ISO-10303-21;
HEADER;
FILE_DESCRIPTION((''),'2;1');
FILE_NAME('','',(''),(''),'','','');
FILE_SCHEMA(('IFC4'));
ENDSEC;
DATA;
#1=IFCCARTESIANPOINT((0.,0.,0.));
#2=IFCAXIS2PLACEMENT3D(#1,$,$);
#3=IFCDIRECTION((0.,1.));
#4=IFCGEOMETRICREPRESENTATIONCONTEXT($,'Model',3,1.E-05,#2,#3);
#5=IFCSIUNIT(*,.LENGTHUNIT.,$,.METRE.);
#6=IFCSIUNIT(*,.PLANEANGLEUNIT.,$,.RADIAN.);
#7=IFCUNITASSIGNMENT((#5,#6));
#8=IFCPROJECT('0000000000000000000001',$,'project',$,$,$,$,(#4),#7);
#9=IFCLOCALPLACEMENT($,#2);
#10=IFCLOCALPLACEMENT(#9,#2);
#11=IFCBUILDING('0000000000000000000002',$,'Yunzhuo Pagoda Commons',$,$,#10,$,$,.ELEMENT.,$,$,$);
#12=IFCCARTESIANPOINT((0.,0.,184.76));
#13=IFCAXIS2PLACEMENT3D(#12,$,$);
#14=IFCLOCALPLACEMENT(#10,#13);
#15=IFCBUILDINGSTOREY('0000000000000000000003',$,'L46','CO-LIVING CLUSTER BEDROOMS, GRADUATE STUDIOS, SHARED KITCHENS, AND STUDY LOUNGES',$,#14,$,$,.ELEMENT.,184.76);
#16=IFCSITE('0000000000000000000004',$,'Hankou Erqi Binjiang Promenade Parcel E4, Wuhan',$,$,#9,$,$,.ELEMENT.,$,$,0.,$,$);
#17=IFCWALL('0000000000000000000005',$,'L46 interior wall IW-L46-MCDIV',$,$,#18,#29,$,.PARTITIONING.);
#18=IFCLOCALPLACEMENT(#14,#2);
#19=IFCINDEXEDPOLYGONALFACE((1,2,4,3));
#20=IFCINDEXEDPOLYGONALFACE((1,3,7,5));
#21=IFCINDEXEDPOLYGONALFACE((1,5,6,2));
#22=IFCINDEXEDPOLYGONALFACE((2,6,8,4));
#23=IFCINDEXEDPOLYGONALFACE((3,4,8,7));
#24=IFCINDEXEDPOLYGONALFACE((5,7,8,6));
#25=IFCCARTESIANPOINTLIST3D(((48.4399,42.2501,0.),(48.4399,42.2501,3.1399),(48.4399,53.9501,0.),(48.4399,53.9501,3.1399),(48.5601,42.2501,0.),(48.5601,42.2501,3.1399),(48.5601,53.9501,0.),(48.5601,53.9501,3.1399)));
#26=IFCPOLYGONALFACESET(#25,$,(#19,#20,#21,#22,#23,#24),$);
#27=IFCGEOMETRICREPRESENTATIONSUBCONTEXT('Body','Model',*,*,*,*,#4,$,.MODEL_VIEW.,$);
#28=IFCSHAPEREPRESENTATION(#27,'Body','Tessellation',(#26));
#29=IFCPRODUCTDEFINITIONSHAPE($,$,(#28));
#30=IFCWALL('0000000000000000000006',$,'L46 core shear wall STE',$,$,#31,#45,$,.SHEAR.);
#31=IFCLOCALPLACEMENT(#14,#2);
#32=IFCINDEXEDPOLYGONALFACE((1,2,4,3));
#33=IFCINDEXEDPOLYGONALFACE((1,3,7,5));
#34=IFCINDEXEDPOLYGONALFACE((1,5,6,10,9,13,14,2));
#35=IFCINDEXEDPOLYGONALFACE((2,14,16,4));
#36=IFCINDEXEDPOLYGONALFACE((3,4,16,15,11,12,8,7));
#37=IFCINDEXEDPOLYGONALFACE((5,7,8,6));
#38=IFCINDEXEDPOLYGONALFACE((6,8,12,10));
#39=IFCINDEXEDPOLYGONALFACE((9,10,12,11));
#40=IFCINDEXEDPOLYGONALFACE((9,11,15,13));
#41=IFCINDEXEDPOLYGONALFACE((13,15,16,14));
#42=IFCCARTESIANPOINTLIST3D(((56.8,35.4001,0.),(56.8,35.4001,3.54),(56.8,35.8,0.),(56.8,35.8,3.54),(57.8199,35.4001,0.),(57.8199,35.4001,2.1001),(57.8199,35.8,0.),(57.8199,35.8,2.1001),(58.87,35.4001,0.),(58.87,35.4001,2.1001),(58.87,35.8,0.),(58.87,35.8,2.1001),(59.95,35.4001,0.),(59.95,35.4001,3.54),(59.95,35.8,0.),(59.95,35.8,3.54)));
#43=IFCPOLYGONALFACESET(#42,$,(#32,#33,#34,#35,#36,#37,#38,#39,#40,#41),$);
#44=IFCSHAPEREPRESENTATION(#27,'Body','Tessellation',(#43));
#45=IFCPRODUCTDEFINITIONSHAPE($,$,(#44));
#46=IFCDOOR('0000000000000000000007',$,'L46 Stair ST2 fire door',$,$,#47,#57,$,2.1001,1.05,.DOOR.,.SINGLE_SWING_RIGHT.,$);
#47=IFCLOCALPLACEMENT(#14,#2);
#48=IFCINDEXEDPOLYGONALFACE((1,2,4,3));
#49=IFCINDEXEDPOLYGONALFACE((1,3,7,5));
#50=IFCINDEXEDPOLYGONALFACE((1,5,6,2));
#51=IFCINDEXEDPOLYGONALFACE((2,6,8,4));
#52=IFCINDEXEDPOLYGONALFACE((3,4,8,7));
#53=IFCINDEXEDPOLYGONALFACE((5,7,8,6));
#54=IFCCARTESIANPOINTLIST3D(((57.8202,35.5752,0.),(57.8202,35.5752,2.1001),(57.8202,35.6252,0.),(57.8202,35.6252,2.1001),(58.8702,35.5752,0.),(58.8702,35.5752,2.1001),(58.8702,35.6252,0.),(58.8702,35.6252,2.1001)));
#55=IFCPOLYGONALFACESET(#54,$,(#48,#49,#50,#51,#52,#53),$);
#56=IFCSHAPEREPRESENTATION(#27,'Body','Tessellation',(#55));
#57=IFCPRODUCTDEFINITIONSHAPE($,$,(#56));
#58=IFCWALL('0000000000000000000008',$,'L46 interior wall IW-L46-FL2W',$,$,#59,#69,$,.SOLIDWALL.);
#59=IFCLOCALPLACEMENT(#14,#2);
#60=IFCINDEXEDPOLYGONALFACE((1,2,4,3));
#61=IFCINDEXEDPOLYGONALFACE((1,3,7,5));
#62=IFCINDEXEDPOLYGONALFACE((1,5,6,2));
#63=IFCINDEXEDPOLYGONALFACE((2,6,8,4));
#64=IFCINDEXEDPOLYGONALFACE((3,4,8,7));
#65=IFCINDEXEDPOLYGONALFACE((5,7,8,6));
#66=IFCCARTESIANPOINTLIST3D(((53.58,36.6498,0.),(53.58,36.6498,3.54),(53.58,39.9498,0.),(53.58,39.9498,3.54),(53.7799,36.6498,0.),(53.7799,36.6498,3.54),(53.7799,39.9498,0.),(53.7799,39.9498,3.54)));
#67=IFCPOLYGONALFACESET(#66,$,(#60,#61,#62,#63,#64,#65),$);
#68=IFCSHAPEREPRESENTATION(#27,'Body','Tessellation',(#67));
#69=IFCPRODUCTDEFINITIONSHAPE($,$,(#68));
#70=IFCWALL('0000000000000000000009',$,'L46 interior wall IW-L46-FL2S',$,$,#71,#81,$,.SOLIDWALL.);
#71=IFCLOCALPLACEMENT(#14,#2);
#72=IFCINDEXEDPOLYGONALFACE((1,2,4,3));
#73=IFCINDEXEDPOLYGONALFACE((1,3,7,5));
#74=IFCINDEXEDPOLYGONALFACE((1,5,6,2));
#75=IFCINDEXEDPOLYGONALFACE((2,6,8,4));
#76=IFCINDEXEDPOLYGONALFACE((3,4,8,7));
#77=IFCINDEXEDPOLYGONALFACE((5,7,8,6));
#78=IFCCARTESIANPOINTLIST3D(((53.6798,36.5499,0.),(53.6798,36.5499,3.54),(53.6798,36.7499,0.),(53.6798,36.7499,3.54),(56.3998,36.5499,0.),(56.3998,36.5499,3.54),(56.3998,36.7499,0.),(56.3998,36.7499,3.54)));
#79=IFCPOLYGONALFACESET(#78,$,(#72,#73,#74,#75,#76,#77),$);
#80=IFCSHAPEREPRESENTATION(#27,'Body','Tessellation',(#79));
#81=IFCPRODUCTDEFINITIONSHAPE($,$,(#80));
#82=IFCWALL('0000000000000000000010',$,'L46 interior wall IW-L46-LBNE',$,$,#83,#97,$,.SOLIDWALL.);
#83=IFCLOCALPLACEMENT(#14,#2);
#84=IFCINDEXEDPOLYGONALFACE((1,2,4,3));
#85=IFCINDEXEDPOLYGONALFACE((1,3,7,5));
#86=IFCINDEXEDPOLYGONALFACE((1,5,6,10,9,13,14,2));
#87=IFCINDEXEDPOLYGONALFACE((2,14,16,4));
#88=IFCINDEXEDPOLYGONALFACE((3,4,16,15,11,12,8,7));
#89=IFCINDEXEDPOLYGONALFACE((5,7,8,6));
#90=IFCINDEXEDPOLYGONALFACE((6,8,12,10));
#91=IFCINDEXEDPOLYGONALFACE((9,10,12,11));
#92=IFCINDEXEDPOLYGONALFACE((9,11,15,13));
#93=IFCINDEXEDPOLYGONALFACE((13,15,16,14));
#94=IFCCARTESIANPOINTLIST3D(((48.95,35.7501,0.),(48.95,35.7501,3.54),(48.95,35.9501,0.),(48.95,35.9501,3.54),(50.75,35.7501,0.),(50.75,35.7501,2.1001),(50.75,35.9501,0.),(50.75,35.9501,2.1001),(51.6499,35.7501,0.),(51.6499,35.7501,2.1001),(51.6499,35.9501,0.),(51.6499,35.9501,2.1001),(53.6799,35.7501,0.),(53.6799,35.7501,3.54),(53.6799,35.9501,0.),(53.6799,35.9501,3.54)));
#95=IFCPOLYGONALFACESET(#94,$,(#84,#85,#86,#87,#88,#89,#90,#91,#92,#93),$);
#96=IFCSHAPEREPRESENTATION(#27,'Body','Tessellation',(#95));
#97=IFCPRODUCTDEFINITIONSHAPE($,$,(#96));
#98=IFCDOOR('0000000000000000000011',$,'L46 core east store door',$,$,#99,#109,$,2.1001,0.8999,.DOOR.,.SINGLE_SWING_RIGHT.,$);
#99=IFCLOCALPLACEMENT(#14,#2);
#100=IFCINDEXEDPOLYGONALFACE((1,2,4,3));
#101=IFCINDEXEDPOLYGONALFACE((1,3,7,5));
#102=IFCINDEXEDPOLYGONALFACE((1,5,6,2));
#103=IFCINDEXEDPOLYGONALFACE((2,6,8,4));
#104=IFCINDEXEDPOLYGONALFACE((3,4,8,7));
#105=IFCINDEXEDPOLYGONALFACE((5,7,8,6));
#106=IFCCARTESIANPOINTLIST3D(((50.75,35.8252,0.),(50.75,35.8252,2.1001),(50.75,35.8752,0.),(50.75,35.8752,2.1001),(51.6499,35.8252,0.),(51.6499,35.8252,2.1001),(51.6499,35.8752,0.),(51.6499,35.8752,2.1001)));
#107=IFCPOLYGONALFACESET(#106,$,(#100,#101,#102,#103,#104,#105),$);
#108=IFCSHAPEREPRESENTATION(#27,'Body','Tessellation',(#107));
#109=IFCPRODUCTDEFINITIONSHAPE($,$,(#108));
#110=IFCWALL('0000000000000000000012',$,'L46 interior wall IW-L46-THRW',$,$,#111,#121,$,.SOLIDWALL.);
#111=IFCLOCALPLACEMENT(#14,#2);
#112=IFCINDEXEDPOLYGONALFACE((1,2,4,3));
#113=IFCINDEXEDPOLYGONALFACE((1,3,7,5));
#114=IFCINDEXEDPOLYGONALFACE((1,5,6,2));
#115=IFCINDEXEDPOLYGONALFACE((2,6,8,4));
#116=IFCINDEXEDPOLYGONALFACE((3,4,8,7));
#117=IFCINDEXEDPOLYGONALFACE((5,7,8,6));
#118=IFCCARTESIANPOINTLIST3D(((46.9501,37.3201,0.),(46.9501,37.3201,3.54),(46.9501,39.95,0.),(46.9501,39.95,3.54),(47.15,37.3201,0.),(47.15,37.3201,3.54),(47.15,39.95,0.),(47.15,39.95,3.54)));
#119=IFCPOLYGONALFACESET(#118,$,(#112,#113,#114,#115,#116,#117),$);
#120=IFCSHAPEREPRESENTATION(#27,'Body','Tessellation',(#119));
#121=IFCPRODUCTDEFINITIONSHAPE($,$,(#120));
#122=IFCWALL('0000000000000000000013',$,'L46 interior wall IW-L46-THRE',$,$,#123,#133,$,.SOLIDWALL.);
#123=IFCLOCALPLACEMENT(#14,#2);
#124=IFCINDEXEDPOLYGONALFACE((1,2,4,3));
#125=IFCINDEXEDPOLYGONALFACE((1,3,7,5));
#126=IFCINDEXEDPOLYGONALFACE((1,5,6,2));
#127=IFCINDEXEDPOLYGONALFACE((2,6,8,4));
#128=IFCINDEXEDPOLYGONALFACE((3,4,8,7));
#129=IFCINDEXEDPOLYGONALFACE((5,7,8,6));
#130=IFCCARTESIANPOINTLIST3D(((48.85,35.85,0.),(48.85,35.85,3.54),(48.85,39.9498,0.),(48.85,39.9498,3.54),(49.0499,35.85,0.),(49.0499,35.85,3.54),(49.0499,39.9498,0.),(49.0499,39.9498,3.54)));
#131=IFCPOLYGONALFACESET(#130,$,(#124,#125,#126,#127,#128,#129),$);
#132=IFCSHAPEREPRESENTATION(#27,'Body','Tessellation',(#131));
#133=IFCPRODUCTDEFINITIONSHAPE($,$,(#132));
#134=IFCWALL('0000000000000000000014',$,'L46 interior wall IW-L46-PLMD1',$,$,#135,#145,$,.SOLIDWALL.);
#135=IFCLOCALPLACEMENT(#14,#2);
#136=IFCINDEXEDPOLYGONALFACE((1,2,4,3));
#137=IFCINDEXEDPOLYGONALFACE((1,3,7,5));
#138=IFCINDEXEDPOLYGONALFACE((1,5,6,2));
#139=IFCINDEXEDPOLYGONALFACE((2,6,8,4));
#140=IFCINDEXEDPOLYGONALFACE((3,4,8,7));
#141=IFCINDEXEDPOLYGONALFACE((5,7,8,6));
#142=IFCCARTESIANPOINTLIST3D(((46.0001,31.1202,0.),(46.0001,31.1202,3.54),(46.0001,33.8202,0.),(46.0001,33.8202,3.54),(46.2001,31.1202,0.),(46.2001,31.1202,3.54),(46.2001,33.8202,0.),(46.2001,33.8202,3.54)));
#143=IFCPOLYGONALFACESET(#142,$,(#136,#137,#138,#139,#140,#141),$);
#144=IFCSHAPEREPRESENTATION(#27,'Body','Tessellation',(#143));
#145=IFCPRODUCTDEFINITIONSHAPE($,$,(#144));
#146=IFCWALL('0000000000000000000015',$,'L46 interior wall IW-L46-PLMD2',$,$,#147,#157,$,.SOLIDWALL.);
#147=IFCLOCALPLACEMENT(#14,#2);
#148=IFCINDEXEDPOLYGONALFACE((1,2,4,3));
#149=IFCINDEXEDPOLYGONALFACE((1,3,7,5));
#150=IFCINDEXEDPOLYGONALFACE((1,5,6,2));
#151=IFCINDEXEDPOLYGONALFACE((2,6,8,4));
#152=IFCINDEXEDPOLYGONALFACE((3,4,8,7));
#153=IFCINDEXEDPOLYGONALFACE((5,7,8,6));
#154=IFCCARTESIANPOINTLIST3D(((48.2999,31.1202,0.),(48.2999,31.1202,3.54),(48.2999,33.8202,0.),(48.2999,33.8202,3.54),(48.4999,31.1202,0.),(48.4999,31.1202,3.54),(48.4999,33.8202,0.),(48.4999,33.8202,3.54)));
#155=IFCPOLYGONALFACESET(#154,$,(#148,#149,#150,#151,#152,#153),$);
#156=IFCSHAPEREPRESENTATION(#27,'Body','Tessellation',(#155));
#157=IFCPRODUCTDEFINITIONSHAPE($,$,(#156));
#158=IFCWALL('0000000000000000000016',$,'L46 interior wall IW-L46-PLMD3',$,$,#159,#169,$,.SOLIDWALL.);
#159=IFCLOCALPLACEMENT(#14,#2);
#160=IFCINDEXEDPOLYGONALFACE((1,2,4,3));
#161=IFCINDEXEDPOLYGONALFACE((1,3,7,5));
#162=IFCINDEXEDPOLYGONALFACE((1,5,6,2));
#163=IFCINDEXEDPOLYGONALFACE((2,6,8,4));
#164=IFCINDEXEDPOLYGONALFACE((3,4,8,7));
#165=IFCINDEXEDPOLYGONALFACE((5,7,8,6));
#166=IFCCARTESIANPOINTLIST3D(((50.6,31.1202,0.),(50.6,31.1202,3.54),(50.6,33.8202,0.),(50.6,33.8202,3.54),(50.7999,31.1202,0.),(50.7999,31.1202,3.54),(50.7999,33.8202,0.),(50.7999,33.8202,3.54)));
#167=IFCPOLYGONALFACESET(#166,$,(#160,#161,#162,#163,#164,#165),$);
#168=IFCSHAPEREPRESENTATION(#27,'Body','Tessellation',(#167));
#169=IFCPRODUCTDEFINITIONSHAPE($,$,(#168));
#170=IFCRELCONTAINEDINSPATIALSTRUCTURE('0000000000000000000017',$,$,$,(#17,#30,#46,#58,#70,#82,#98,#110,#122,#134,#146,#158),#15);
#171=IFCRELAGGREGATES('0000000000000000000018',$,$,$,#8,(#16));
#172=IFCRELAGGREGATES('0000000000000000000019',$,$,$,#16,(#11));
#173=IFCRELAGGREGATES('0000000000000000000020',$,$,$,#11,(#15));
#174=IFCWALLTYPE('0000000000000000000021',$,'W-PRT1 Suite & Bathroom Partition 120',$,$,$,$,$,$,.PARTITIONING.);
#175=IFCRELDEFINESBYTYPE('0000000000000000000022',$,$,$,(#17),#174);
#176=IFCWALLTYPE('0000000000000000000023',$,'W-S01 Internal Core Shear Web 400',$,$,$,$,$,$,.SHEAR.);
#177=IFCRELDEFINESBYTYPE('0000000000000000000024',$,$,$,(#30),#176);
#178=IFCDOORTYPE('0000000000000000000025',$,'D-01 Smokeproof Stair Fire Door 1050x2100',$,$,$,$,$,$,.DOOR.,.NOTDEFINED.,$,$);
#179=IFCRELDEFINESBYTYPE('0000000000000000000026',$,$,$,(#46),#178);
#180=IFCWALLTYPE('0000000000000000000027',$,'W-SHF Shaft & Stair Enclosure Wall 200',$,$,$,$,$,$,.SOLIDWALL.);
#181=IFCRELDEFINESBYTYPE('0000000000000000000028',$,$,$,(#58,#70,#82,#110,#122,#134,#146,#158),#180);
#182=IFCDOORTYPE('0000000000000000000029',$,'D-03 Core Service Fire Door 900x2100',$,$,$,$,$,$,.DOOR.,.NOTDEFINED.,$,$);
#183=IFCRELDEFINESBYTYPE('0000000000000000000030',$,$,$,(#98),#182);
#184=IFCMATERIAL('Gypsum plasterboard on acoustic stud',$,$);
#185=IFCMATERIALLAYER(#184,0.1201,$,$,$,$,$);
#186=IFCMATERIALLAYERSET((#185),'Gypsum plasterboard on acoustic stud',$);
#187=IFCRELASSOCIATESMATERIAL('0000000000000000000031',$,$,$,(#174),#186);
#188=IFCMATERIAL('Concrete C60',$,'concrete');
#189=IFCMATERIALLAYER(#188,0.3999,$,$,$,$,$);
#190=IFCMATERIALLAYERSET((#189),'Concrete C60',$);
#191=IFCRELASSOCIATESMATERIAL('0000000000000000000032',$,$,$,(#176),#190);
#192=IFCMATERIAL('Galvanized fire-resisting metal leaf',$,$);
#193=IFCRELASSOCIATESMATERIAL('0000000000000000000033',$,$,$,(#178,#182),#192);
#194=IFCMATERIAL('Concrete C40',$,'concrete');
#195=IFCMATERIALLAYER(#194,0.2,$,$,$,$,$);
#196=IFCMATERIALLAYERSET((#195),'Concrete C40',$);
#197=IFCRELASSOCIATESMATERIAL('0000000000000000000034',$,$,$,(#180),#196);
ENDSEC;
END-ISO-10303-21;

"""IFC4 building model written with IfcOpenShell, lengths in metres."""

from ifc_helpers import new_model, si_unit, direction, frame, frame_2d, origin, place, context, subcontext, project, spatial, rectangle, extrude, source, transform, mapped, material, layer, layer_set, type_object, element, fill, save


model = new_model("IFC4")

# Units and contexts
model_context = context("Model", 3, precision=1e-05, world=origin(), true_north=direction((0.0, 1.0)))
body_context = subcontext(model_context, "Body", "Model", "MODEL_VIEW")
ifc_project = project(units=[si_unit("LENGTHUNIT", "METRE"), si_unit("PLANEANGLEUNIT", "RADIAN")], contexts=[model_context])

# Site, building, storey
site_placement = place(None, origin())
site = spatial("IfcSite", under=ifc_project, at=site_placement, Name="Hankou Erqi Binjiang Promenade Parcel E4, Wuhan", CompositionType="ELEMENT", RefElevation=0.0)
building_placement = place(site_placement, origin())
building = spatial("IfcBuilding", under=site, at=building_placement, Name="Yunzhuo Pagoda Commons", CompositionType="ELEMENT")
storey_placement = place(building_placement, frame((0.0, 0.0, 184.76)))
storey = spatial("IfcBuildingStorey", under=building, at=storey_placement, Name="L46", Description="CO-LIVING CLUSTER BEDROOMS, GRADUATE STUDIOS, SHARED KITCHENS, AND STUDY LOUNGES", CompositionType="ELEMENT", Elevation=184.76)

# Shared definitions
ifc_material_1 = material(Name="Galvanized fire-resisting metal leaf")
shared_shape_1 = source(origin(), body_context, "Body", "SweptSolid", [
    extrude(rectangle(XDim=1.05, YDim=2.1001, at=frame_2d((0.5249, 1.05))), frame((0.0, 0.0249, 0.0), z_axis=(0.0, -1.0, 0.0), x_axis=(1.0, 0.0, 0.0)), (0.0, 0.0, 1.0), 0.05),
])

# Wall
ifc_material_2 = material(Name="Gypsum plasterboard on acoustic stud")
ifc_layer_1 = layer(ifc_material_2, 0.1201)
ifc_layer_set_1 = layer_set([ifc_layer_1], Name="Gypsum plasterboard on acoustic stud")
wall_type_1 = type_object("IfcWallType", Name="W-PRT1 Suite & Bathroom Partition 120", PredefinedType="PARTITIONING", material=ifc_layer_set_1)
wall_1_placement = place(storey_placement, frame((48.5, 42.25, 0.0), z_axis=(0.0, 0.0, 1.0), x_axis=(0.0, 1.0, 0.0)))
element("IfcWall", 1, at=wall_1_placement, inside=storey, type_object=wall_type_1, Name="L46 interior wall IW-L46-MCDIV", PredefinedType="PARTITIONING", context=body_context, shape_type="SweptSolid", body=[
    extrude(rectangle(XDim=11.7, YDim=0.1201, at=frame_2d((5.8501, 0.0))), origin(), (0.0, 0.0, 1.0), 3.1399),
])

# Wall, opening, door
ifc_material_3 = material(Name="Concrete C60", Category="concrete")
ifc_layer_2 = layer(ifc_material_3, 0.3999)
ifc_layer_set_2 = layer_set([ifc_layer_2], Name="Concrete C60")
wall_type_2 = type_object("IfcWallType", Name="W-S01 Internal Core Shear Web 400", PredefinedType="SHEAR", material=ifc_layer_set_2)
wall_2_placement = place(storey_placement, frame((56.8, 35.6001, 0.0), z_axis=(0.0, 0.0, 1.0), x_axis=(1.0, 0.0, 0.0)))
wall_2 = element("IfcWall", 2, at=wall_2_placement, inside=storey, type_object=wall_type_2, Name="L46 core shear wall STE", PredefinedType="SHEAR", context=body_context, shape_type="SweptSolid", body=[
    extrude(rectangle(XDim=3.1499, YDim=0.3999, at=frame_2d((1.575, 0.0))), origin(), (0.0, 0.0, 1.0), 3.54),
])
opening_1_placement = place(wall_2_placement, frame((1.02, 0.0, 0.0)))
opening_1 = element("IfcOpeningElement", 3, at=opening_1_placement, cuts=wall_2, PredefinedType="OPENING", context=body_context, shape_type="SweptSolid", body=[
    extrude(rectangle(XDim=1.05, YDim=2.1001, at=frame_2d((0.5249, 1.05))), frame((0.0, 0.21, 0.0), z_axis=(0.0, -1.0, 0.0), x_axis=(1.0, 0.0, 0.0)), (0.0, 0.0, 1.0), 0.4199),
])
door_type_1 = type_object("IfcDoorType", Name="D-01 Smokeproof Stair Fire Door 1050x2100", OperationType="NOTDEFINED", PredefinedType="DOOR", material=ifc_material_1)
door_1_placement = place(opening_1_placement, frame((1.05, 0.0, 0.0), z_axis=(0.0, 0.0, 1.0), x_axis=(-1.0, 0.0, 0.0)))
door_1 = element("IfcDoor", 4, at=door_1_placement, inside=storey, type_object=door_type_1, Name="L46 Stair ST2 fire door", OperationType="SINGLE_SWING_RIGHT", OverallHeight=2.1001, OverallWidth=1.05, PredefinedType="DOOR", context=body_context, shape_type="MappedRepresentation", body=[
    mapped(shared_shape_1, transform((0.0, 0.0, 0.0), scale=1.0)),
])
fill(opening_1, door_1)

# Walls
ifc_material_4 = material(Name="Concrete C40", Category="concrete")
ifc_layer_3 = layer(ifc_material_4, 0.2)
ifc_layer_set_3 = layer_set([ifc_layer_3], Name="Concrete C40")
wall_type_3 = type_object("IfcWallType", Name="W-SHF Shaft & Stair Enclosure Wall 200", PredefinedType="SOLIDWALL", material=ifc_layer_set_3)
wall_3_placement = place(storey_placement, frame((53.6799, 36.6499, 0.0), z_axis=(0.0, 0.0, 1.0), x_axis=(0.0, 1.0, 0.0)))
element("IfcWall", 5, at=wall_3_placement, inside=storey, type_object=wall_type_3, Name="L46 interior wall IW-L46-FL2W", PredefinedType="SOLIDWALL", context=body_context, shape_type="SweptSolid", body=[
    extrude(rectangle(XDim=3.3, YDim=0.2, at=frame_2d((1.6499, 0.0))), origin(), (0.0, 0.0, 1.0), 3.54),
])
wall_4_placement = place(storey_placement, frame((53.6799, 36.6499, 0.0), z_axis=(0.0, 0.0, 1.0), x_axis=(1.0, 0.0, 0.0)))
element("IfcWall", 6, at=wall_4_placement, inside=storey, type_object=wall_type_3, Name="L46 interior wall IW-L46-FL2S", PredefinedType="SOLIDWALL", context=body_context, shape_type="SweptSolid", body=[
    extrude(rectangle(XDim=2.72, YDim=0.2, at=frame_2d((1.3599, 0.0))), origin(), (0.0, 0.0, 1.0), 3.54),
])

# Wall, opening, door
wall_5_placement = place(storey_placement, frame((48.95, 35.8501, 0.0), z_axis=(0.0, 0.0, 1.0), x_axis=(1.0, 0.0, 0.0)))
wall_5 = element("IfcWall", 7, at=wall_5_placement, inside=storey, type_object=wall_type_3, Name="L46 interior wall IW-L46-LBNE", PredefinedType="SOLIDWALL", context=body_context, shape_type="SweptSolid", body=[
    extrude(rectangle(XDim=4.73, YDim=0.2, at=frame_2d((2.365, 0.0))), origin(), (0.0, 0.0, 1.0), 3.54),
])
opening_2_placement = place(wall_5_placement, frame((1.8, 0.0, 0.0)))
opening_2 = element("IfcOpeningElement", 8, at=opening_2_placement, cuts=wall_5, PredefinedType="OPENING", context=body_context, shape_type="SweptSolid", body=[
    extrude(rectangle(XDim=0.8999, YDim=2.1001, at=frame_2d((0.45, 1.05))), frame((0.0, 0.1099, 0.0), z_axis=(0.0, -1.0, 0.0), x_axis=(1.0, 0.0, 0.0)), (0.0, 0.0, 1.0), 0.22),
])
door_type_2 = type_object("IfcDoorType", Name="D-03 Core Service Fire Door 900x2100", OperationType="NOTDEFINED", PredefinedType="DOOR", material=ifc_material_1)
shared_shape_2 = source(origin(), body_context, "Body", "SweptSolid", [
    extrude(rectangle(XDim=0.8999, YDim=2.1001, at=frame_2d((0.45, 1.05))), frame((0.0, 0.0249, 0.0), z_axis=(0.0, -1.0, 0.0), x_axis=(1.0, 0.0, 0.0)), (0.0, 0.0, 1.0), 0.05),
])
door_2_placement = place(opening_2_placement, frame((0.8999, 0.0, 0.0), z_axis=(0.0, 0.0, 1.0), x_axis=(-1.0, 0.0, 0.0)))
door_2 = element("IfcDoor", 9, at=door_2_placement, inside=storey, type_object=door_type_2, Name="L46 core east store door", OperationType="SINGLE_SWING_RIGHT", OverallHeight=2.1001, OverallWidth=0.8999, PredefinedType="DOOR", context=body_context, shape_type="MappedRepresentation", body=[
    mapped(shared_shape_2, transform((0.0, 0.0, 0.0), scale=1.0)),
])
fill(opening_2, door_2)

# Walls
wall_6_placement = place(storey_placement, frame((47.05, 37.3201, 0.0), z_axis=(0.0, 0.0, 1.0), x_axis=(0.0, 1.0, 0.0)))
element("IfcWall", 10, at=wall_6_placement, inside=storey, type_object=wall_type_3, Name="L46 interior wall IW-L46-THRW", PredefinedType="SOLIDWALL", context=body_context, shape_type="SweptSolid", body=[
    extrude(rectangle(XDim=2.6299, YDim=0.2, at=frame_2d((1.3149, 0.0))), origin(), (0.0, 0.0, 1.0), 3.54),
])
wall_7_placement = place(storey_placement, frame((48.95, 35.8501, 0.0), z_axis=(0.0, 0.0, 1.0), x_axis=(0.0, 1.0, 0.0)))
element("IfcWall", 11, at=wall_7_placement, inside=storey, type_object=wall_type_3, Name="L46 interior wall IW-L46-THRE", PredefinedType="SOLIDWALL", context=body_context, shape_type="SweptSolid", body=[
    extrude(rectangle(XDim=4.0999, YDim=0.2, at=frame_2d((2.0498, 0.0))), origin(), (0.0, 0.0, 1.0), 3.54),
])
for number, where, z_axis, x_axis, name in (
    (12, (46.1001, 31.1201, 0.0), (0.0, 0.0, 1.0), (0.0, 1.0, 0.0), "L46 interior wall IW-L46-PLMD1"),
    (13, (48.3999, 31.1201, 0.0), (0.0, 0.0, 1.0), (0.0, 1.0, 0.0), "L46 interior wall IW-L46-PLMD2"),
    (14, (50.7, 31.1201, 0.0), (0.0, 0.0, 1.0), (0.0, 1.0, 0.0), "L46 interior wall IW-L46-PLMD3"),
):
    element("IfcWall", number, at=place(storey_placement, frame(where, z_axis=z_axis, x_axis=x_axis)), inside=storey, type_object=wall_type_3, Name=name, PredefinedType="SOLIDWALL", context=body_context, shape_type="SweptSolid", body=[
        extrude(rectangle(XDim=2.7, YDim=0.2, at=frame_2d((1.3501, 0.0))), origin(), (0.0, 0.0, 1.0), 3.54),
    ])

save(model, "model.ifc")
